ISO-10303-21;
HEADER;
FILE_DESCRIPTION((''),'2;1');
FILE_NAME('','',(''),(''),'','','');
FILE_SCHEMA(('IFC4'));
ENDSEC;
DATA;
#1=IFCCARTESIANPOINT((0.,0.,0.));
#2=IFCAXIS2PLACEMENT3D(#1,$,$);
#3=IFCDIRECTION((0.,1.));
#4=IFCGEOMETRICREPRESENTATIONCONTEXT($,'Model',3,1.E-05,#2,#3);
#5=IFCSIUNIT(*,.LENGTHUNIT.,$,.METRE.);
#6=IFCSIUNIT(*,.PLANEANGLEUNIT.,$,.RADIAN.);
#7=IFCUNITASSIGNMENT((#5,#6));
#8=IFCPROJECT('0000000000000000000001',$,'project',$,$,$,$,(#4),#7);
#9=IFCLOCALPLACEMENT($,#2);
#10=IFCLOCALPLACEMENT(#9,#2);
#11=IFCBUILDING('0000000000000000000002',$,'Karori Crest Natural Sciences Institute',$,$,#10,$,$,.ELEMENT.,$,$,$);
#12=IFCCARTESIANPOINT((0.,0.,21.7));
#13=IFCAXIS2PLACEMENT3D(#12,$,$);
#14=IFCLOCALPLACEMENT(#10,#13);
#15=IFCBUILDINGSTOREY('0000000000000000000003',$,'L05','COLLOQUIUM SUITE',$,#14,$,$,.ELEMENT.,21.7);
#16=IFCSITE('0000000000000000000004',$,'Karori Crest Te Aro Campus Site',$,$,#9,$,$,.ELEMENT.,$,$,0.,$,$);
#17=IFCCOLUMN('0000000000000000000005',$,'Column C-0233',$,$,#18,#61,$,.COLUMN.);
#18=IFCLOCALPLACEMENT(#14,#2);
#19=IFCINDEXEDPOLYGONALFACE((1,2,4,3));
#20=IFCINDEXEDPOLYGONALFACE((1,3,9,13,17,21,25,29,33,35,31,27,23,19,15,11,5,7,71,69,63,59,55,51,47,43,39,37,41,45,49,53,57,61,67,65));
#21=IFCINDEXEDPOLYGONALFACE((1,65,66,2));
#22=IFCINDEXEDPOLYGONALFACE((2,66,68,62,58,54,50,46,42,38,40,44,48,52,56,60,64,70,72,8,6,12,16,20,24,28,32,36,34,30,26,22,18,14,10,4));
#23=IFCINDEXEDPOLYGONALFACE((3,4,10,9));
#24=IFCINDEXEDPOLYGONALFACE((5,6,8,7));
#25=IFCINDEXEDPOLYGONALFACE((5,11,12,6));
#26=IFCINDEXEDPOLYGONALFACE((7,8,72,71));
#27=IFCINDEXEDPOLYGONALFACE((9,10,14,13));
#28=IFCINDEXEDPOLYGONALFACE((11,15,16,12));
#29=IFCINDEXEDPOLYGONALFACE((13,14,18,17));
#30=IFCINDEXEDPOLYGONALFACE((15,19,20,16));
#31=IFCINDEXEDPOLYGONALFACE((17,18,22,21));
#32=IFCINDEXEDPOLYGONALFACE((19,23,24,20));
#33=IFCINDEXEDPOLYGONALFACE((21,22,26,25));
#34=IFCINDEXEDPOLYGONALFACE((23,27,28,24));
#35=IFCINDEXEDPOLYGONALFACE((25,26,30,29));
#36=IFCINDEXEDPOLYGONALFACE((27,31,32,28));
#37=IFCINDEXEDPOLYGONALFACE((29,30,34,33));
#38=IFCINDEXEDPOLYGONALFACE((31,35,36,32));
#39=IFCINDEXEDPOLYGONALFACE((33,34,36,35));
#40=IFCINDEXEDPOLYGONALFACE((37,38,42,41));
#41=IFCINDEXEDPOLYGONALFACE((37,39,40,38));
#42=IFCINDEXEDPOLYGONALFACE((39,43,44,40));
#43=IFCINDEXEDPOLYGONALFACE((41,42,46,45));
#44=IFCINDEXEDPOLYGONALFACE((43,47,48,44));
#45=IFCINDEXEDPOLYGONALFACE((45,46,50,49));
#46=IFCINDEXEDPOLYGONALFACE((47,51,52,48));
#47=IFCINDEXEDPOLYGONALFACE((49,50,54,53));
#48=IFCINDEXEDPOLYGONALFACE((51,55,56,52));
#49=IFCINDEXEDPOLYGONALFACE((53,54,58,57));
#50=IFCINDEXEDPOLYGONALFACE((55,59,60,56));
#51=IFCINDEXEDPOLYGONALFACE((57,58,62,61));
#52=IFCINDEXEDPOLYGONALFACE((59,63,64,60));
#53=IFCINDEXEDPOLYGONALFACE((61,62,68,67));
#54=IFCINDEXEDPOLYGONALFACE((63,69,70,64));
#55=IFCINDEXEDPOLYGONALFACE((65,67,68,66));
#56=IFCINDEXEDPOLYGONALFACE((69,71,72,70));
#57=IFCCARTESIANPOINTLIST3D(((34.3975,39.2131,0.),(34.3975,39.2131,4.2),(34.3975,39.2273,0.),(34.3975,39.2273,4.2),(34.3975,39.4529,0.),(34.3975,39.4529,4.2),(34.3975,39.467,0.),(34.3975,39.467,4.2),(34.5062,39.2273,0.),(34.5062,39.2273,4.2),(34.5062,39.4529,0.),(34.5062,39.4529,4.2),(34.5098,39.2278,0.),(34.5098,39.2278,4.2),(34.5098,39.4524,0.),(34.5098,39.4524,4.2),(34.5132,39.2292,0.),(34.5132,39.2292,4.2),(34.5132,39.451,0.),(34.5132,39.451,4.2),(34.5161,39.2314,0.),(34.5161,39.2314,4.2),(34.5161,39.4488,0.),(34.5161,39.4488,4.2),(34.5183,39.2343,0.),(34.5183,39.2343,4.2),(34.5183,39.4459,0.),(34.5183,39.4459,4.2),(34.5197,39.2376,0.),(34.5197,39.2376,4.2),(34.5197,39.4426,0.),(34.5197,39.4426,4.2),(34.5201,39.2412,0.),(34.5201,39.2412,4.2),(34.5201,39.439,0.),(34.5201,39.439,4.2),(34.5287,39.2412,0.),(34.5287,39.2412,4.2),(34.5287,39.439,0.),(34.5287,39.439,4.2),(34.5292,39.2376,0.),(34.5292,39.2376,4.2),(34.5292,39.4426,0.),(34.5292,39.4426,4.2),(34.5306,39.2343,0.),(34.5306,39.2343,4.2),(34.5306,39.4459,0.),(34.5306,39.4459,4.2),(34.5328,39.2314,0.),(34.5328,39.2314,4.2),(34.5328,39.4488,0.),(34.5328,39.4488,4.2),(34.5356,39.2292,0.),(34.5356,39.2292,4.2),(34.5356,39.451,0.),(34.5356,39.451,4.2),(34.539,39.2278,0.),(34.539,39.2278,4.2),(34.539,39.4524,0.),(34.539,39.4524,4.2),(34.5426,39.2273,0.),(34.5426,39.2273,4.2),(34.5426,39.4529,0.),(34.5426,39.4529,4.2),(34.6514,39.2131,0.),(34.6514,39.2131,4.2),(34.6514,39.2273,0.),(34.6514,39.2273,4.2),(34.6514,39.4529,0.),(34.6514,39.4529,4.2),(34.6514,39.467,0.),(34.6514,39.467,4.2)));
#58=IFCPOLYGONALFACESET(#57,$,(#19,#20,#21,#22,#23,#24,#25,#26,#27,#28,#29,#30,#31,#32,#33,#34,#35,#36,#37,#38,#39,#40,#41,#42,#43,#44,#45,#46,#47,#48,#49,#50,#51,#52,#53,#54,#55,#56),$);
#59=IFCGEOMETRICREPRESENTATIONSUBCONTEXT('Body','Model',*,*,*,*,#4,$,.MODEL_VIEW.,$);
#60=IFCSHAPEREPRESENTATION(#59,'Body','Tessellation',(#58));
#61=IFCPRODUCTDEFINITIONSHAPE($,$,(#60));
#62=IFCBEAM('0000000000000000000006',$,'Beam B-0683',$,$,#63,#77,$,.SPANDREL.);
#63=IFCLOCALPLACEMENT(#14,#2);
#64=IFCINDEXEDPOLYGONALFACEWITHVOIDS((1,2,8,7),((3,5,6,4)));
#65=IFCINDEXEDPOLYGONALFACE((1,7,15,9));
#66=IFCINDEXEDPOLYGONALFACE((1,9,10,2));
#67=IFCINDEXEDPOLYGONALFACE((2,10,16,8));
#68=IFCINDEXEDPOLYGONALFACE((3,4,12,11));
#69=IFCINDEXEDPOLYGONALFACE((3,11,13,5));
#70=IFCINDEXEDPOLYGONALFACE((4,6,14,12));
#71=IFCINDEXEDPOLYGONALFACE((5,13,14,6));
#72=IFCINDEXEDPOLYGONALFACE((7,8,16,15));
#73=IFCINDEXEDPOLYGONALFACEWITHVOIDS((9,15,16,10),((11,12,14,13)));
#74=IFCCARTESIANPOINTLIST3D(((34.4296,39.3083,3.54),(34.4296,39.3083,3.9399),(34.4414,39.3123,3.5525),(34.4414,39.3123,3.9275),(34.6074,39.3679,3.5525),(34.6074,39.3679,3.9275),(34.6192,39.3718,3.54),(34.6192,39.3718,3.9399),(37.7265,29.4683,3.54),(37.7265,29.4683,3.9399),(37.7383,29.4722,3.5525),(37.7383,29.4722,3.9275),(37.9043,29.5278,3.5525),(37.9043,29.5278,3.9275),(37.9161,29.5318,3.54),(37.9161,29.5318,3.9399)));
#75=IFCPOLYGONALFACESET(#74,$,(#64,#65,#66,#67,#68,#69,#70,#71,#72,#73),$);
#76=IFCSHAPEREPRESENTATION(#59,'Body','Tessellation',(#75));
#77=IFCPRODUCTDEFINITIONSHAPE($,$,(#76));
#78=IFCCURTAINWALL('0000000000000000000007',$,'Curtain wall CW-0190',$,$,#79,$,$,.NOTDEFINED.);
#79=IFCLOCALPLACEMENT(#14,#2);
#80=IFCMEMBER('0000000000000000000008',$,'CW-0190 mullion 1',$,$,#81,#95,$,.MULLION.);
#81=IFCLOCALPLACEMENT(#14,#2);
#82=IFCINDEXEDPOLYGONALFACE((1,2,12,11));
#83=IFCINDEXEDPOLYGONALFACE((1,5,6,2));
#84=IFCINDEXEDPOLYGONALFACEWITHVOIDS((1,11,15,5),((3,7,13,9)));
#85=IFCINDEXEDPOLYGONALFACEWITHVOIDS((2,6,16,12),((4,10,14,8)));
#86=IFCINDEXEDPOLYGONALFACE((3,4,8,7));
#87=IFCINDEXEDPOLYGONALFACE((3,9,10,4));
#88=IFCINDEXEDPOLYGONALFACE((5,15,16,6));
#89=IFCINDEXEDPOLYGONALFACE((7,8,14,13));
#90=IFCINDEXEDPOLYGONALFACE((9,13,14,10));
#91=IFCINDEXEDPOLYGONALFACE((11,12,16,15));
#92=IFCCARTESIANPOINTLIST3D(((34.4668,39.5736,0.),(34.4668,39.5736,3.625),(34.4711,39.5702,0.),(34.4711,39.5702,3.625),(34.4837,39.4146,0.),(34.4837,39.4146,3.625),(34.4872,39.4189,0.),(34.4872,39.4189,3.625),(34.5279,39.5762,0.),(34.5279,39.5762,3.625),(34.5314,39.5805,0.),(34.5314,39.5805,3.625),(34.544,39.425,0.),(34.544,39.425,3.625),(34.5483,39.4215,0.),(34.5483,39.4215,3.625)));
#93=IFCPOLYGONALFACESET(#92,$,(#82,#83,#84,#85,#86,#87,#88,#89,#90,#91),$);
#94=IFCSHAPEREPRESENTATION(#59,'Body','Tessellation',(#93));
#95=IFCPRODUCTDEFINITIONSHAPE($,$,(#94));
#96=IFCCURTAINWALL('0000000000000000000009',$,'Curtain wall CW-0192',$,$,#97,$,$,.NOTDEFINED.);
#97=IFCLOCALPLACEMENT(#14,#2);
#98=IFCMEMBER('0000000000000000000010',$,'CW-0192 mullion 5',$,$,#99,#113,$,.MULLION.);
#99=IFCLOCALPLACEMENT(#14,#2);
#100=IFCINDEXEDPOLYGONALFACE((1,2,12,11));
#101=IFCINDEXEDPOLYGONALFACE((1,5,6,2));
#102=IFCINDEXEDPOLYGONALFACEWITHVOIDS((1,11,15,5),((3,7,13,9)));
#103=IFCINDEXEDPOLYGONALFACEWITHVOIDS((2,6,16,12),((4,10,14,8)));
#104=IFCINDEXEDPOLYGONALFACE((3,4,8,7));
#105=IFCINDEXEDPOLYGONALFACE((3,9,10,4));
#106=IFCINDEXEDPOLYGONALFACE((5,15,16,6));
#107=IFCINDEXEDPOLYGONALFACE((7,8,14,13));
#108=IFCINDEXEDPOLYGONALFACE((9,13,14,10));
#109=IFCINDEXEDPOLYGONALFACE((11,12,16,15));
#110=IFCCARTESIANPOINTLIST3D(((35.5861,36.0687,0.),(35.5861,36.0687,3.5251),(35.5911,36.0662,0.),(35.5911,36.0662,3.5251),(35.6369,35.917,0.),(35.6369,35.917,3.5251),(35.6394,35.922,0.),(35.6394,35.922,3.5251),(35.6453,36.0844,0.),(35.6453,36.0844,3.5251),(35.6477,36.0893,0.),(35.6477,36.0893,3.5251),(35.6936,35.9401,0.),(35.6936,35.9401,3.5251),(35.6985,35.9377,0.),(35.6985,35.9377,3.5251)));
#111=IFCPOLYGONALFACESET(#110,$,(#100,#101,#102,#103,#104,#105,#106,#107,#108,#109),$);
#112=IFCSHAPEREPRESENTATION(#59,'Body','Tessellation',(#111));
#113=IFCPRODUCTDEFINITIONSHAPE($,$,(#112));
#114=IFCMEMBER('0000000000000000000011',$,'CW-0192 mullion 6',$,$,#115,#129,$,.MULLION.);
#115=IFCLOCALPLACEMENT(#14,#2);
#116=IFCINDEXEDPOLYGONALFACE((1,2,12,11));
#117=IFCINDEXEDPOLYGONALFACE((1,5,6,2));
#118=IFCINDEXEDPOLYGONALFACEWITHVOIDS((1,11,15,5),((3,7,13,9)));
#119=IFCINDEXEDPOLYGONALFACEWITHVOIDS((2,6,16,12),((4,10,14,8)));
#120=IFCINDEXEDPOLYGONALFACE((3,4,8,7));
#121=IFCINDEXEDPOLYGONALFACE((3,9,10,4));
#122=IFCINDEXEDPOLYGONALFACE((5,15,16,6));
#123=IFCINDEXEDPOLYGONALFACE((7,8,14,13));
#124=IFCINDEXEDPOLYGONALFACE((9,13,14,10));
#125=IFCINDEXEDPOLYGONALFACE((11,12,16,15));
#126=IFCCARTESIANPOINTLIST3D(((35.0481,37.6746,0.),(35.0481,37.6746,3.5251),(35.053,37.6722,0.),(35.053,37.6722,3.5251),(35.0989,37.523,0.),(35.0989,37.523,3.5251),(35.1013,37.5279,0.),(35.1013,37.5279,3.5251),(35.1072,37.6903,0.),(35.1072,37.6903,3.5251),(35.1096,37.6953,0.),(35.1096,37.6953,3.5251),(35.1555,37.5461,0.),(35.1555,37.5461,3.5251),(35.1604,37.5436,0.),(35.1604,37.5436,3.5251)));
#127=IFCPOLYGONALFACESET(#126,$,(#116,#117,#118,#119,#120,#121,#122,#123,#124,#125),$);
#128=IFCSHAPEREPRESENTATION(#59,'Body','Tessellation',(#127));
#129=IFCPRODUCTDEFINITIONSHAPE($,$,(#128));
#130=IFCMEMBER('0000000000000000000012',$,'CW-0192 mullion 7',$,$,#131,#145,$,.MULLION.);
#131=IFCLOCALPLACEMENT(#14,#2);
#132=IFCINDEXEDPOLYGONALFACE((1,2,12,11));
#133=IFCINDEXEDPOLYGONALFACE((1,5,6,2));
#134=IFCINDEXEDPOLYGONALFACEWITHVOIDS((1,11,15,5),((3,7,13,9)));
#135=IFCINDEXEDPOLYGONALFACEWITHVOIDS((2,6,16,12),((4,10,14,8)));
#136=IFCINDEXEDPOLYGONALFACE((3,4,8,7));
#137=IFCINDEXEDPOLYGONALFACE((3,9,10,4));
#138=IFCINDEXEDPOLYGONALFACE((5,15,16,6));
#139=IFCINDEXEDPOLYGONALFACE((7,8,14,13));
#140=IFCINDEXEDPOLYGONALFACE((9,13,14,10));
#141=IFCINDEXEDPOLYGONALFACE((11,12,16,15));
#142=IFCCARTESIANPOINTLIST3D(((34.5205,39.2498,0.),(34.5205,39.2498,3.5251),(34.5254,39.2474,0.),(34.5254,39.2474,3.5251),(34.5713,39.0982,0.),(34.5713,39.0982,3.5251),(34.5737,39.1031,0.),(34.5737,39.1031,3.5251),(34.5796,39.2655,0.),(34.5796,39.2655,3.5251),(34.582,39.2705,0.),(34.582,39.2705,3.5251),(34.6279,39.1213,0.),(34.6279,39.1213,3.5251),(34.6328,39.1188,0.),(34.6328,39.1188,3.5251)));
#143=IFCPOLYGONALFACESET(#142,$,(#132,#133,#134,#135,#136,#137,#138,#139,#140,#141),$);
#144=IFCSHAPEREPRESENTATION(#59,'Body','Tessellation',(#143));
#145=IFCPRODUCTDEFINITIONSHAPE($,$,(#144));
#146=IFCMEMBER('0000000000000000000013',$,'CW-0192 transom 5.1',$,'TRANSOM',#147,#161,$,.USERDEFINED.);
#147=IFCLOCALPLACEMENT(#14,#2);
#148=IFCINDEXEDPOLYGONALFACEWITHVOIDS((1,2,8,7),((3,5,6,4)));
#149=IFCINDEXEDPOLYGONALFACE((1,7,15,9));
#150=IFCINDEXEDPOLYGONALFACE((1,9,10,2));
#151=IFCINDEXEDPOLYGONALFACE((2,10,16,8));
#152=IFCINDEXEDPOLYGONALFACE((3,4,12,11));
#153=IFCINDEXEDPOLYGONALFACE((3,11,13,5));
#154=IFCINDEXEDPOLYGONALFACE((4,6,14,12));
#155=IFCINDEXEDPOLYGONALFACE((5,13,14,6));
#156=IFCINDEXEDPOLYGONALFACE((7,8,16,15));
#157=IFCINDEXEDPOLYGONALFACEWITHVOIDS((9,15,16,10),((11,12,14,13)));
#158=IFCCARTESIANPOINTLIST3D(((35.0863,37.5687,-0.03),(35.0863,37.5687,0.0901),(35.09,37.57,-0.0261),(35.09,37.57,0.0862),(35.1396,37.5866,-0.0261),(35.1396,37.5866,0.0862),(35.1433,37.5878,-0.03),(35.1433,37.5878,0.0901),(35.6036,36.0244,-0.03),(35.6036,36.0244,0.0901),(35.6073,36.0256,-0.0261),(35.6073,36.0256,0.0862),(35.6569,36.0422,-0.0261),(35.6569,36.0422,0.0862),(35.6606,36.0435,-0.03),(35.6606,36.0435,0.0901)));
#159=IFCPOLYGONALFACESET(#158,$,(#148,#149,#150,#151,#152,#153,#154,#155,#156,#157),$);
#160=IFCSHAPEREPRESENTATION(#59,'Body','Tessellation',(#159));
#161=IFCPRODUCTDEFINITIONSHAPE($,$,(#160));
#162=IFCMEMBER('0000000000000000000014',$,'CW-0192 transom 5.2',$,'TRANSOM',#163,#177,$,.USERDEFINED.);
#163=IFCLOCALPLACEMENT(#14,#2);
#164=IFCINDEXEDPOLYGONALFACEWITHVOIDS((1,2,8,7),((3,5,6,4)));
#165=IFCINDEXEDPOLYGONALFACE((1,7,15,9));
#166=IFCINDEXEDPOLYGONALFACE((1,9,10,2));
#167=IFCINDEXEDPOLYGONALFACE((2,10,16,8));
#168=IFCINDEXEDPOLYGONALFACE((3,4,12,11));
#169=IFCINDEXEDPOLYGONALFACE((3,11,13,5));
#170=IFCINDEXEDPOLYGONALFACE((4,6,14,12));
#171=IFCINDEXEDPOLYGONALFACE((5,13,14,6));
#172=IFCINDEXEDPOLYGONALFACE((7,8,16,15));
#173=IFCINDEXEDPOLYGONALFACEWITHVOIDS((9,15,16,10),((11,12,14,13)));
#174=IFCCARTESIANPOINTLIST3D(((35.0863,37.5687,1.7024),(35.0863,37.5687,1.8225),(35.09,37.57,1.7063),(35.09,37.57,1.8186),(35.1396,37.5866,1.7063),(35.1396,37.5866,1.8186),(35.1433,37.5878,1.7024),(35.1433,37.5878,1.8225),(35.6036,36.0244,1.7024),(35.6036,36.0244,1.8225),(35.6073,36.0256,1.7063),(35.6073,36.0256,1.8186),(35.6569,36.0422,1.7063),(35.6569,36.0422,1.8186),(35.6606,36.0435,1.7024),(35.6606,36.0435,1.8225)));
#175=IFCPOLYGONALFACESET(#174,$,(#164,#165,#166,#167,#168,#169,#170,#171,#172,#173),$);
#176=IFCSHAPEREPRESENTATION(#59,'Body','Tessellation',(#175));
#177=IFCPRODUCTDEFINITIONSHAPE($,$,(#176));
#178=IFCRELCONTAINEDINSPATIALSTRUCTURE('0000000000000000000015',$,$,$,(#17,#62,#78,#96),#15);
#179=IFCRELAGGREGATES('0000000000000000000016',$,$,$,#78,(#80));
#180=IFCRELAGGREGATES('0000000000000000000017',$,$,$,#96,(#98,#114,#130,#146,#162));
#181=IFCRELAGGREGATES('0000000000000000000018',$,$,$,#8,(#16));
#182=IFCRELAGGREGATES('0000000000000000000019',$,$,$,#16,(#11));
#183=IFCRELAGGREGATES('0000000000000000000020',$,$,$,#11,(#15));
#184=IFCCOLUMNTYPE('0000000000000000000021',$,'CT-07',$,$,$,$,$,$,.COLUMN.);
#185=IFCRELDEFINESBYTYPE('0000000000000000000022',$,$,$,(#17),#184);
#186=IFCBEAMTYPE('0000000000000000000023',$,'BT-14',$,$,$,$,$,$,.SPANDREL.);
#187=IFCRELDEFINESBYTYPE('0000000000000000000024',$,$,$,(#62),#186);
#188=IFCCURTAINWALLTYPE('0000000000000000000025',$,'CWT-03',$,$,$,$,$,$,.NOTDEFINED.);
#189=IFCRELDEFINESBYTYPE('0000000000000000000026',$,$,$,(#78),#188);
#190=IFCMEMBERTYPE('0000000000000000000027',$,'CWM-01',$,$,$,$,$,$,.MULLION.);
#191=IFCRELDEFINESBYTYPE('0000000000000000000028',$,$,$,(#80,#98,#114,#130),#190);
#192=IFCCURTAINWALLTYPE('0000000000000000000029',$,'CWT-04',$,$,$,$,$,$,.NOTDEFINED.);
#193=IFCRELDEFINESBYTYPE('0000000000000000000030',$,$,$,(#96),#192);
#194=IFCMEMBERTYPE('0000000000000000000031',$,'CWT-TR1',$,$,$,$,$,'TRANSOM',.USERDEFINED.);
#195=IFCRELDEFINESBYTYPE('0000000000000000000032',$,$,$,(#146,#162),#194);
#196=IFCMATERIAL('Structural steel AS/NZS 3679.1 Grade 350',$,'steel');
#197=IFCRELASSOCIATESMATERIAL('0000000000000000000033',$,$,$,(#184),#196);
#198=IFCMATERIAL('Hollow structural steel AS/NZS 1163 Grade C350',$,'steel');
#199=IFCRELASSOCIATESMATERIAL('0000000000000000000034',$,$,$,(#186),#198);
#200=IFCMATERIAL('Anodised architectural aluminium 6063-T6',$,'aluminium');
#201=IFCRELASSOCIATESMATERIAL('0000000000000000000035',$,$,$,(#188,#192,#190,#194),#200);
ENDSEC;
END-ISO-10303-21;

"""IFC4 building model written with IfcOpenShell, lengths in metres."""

from ifc_helpers import new_model, si_unit, direction, frame, origin, origin_2d, place, context, subcontext, project, spatial, hollow_rectangle, i_section, extrude, material, material_profile, profile_set, type_object, element, aggregate, save


model = new_model("IFC4")

# Units and contexts
model_context = context("Model", 3, precision=1e-05, world=origin(), true_north=direction((0.0, 1.0)))
body_context = subcontext(model_context, "Body", "Model", "MODEL_VIEW")
ifc_project = project(units=[si_unit("LENGTHUNIT", "METRE"), si_unit("PLANEANGLEUNIT", "RADIAN")], contexts=[model_context])

# Site, building, storey
site_placement = place(None, origin())
site = spatial("IfcSite", under=ifc_project, at=site_placement, Name="Karori Crest Te Aro Campus Site", CompositionType="ELEMENT", RefElevation=0.0)
building_placement = place(site_placement, origin())
building = spatial("IfcBuilding", under=site, at=building_placement, Name="Karori Crest Natural Sciences Institute", CompositionType="ELEMENT")
storey_placement = place(building_placement, frame((0.0, 0.0, 21.7)))
storey = spatial("IfcBuildingStorey", under=building, at=storey_placement, Name="L05", Description="COLLOQUIUM SUITE", CompositionType="ELEMENT", Elevation=21.7)

# Column
ifc_material_1 = material(Name="Structural steel AS/NZS 3679.1 Grade 350", Category="steel")
ifc_material_profile_1 = material_profile(ifc_material_1, i_section(OverallWidth=0.2539, OverallDepth=0.2539, WebThickness=0.0085, FlangeThickness=0.0142, FilletRadius=0.0139, at=origin_2d()), Name="250UC72.9")
ifc_profile_set_1 = profile_set([ifc_material_profile_1], Name="Structural steel AS/NZS 3679.1 Grade 350")
column_type = type_object("IfcColumnType", Name="CT-07", PredefinedType="COLUMN", material=ifc_profile_set_1)
column_placement = place(storey_placement, frame((34.5244, 39.3401, 0.0), z_axis=(0.0, 0.0, 1.0), x_axis=(1.0, 0.0, 0.0)))
element("IfcColumn", 1, at=column_placement, inside=storey, type_object=column_type, Name="Column C-0233", PredefinedType="COLUMN", context=body_context, shape_type="SweptSolid", body=[
    extrude(i_section(OverallWidth=0.2539, OverallDepth=0.2539, WebThickness=0.0085, FlangeThickness=0.0142, FilletRadius=0.0139, at=origin_2d()), origin(), (0.0, 0.0, 1.0), 4.2),
])

# Beam
ifc_material_2 = material(Name="Hollow structural steel AS/NZS 1163 Grade C350", Category="steel")
ifc_material_profile_2 = material_profile(ifc_material_2, hollow_rectangle(XDim=0.2, YDim=0.3999, WallThickness=0.0125, at=origin_2d()), Name="RHS400x200x12.5")
ifc_profile_set_2 = profile_set([ifc_material_profile_2], Name="Hollow structural steel AS/NZS 1163 Grade C350")
beam_type = type_object("IfcBeamType", Name="BT-14", PredefinedType="SPANDREL", material=ifc_profile_set_2)
beam_placement = place(storey_placement, frame((34.5244, 39.3401, 3.74), z_axis=(0.317688, -0.948195, 0.0), x_axis=(0.948195, 0.317688, 0.0)))
element("IfcBeam", 2, at=beam_placement, inside=storey, type_object=beam_type, Name="Beam B-0683", PredefinedType="SPANDREL", context=body_context, shape_type="SweptSolid", body=[
    extrude(hollow_rectangle(XDim=0.2, YDim=0.3999, WallThickness=0.0125, at=origin_2d()), origin(), (0.0, 0.0, 1.0), 10.3777),
])

# Curtain wall, member
ifc_material_3 = material(Name="Anodised architectural aluminium 6063-T6", Category="aluminium")
curtain_wall_type_1 = type_object("IfcCurtainWallType", Name="CWT-03", PredefinedType="NOTDEFINED", material=ifc_material_3)
curtain_wall_1_placement = place(storey_placement, origin())
curtain_wall_1 = element("IfcCurtainWall", 3, at=curtain_wall_1_placement, inside=storey, type_object=curtain_wall_type_1, Name="Curtain wall CW-0190", PredefinedType="NOTDEFINED")
ifc_material_profile_3 = material_profile(ifc_material_3, hollow_rectangle(XDim=0.0649, YDim=0.1599, WallThickness=0.0039, at=origin_2d()), Name="CWM160x65x4")
ifc_profile_set_3 = profile_set([ifc_material_profile_3], Name="Anodised architectural aluminium 6063-T6")
member_type_1 = type_object("IfcMemberType", Name="CWM-01", PredefinedType="MULLION", material=ifc_profile_set_3)
member_1_placement = place(storey_placement, frame((34.5076, 39.4976, 0.0), z_axis=(0.0, 0.0, 1.0), x_axis=(-0.994378, -0.105884, 0.0)))
member_1 = element("IfcMember", 4, at=member_1_placement, type_object=member_type_1, Name="CW-0190 mullion 1", PredefinedType="MULLION", context=body_context, shape_type="SweptSolid", body=[
    extrude(hollow_rectangle(XDim=0.0649, YDim=0.1599, WallThickness=0.0039, at=origin_2d()), origin(), (0.0, 0.0, 1.0), 3.625),
])

# Curtain wall, members
curtain_wall_type_2 = type_object("IfcCurtainWallType", Name="CWT-04", PredefinedType="NOTDEFINED", material=ifc_material_3)
curtain_wall_2_placement = place(storey_placement, origin())
curtain_wall_2 = element("IfcCurtainWall", 5, at=curtain_wall_2_placement, inside=storey, type_object=curtain_wall_type_2, Name="Curtain wall CW-0192", PredefinedType="NOTDEFINED")
member_2_placement = place(storey_placement, frame((35.6423, 36.0032, 0.0), z_axis=(0.0, 0.0, 1.0), x_axis=(-0.948198, -0.31768, 0.0)))
member_2 = element("IfcMember", 6, at=member_2_placement, type_object=member_type_1, Name="CW-0192 mullion 5", PredefinedType="MULLION", context=body_context, shape_type="SweptSolid", body=[
    extrude(hollow_rectangle(XDim=0.0649, YDim=0.1599, WallThickness=0.0039, at=origin_2d()), origin(), (0.0, 0.0, 1.0), 3.5251),
])
member_3_placement = place(storey_placement, frame((35.1042, 37.6091, 0.0), z_axis=(0.0, 0.0, 1.0), x_axis=(-0.948198, -0.31768, 0.0)))
member_3 = element("IfcMember", 7, at=member_3_placement, type_object=member_type_1, Name="CW-0192 mullion 6", PredefinedType="MULLION", context=body_context, shape_type="SweptSolid", body=[
    extrude(hollow_rectangle(XDim=0.0649, YDim=0.1599, WallThickness=0.0039, at=origin_2d()), origin(), (0.0, 0.0, 1.0), 3.5251),
])
member_4_placement = place(storey_placement, frame((34.5767, 39.1843, 0.0), z_axis=(0.0, 0.0, 1.0), x_axis=(-0.948198, -0.31768, 0.0)))
member_4 = element("IfcMember", 8, at=member_4_placement, type_object=member_type_1, Name="CW-0192 mullion 7", PredefinedType="MULLION", context=body_context, shape_type="SweptSolid", body=[
    extrude(hollow_rectangle(XDim=0.0649, YDim=0.1599, WallThickness=0.0039, at=origin_2d()), origin(), (0.0, 0.0, 1.0), 3.5251),
])
ifc_material_profile_4 = material_profile(ifc_material_3, hollow_rectangle(XDim=0.0601, YDim=0.1201, WallThickness=0.0039, at=origin_2d()), Name="CWT120x60x4")
ifc_profile_set_4 = profile_set([ifc_material_profile_4], Name="Anodised architectural aluminium 6063-T6")
member_type_2 = type_object("IfcMemberType", Name="CWT-TR1", ElementType="TRANSOM", PredefinedType="USERDEFINED", material=ifc_profile_set_4)
member_5_placement = place(storey_placement, frame((35.6321, 36.0339, 0.03), z_axis=(-0.317621, 0.948218, 0.0), x_axis=(-0.948218, -0.317621, 0.0)))
member_5 = element("IfcMember", 9, at=member_5_placement, type_object=member_type_2, Name="CW-0192 transom 5.1", ObjectType="TRANSOM", PredefinedType="USERDEFINED", context=body_context, shape_type="SweptSolid", body=[
    extrude(hollow_rectangle(XDim=0.0601, YDim=0.1201, WallThickness=0.0039, at=origin_2d()), origin(), (0.0, 0.0, 1.0), 1.6287),
])
member_6_placement = place(storey_placement, frame((35.6321, 36.0339, 1.7625), z_axis=(-0.317621, 0.948218, 0.0), x_axis=(-0.948218, -0.317621, 0.0)))
member_6 = element("IfcMember", 10, at=member_6_placement, type_object=member_type_2, Name="CW-0192 transom 5.2", ObjectType="TRANSOM", PredefinedType="USERDEFINED", context=body_context, shape_type="SweptSolid", body=[
    extrude(hollow_rectangle(XDim=0.0601, YDim=0.1201, WallThickness=0.0039, at=origin_2d()), origin(), (0.0, 0.0, 1.0), 1.6287),
])

aggregate(curtain_wall_1, [member_1])
aggregate(curtain_wall_2, [member_2, member_3, member_4, member_5, member_6])

save(model, "model.ifc")
